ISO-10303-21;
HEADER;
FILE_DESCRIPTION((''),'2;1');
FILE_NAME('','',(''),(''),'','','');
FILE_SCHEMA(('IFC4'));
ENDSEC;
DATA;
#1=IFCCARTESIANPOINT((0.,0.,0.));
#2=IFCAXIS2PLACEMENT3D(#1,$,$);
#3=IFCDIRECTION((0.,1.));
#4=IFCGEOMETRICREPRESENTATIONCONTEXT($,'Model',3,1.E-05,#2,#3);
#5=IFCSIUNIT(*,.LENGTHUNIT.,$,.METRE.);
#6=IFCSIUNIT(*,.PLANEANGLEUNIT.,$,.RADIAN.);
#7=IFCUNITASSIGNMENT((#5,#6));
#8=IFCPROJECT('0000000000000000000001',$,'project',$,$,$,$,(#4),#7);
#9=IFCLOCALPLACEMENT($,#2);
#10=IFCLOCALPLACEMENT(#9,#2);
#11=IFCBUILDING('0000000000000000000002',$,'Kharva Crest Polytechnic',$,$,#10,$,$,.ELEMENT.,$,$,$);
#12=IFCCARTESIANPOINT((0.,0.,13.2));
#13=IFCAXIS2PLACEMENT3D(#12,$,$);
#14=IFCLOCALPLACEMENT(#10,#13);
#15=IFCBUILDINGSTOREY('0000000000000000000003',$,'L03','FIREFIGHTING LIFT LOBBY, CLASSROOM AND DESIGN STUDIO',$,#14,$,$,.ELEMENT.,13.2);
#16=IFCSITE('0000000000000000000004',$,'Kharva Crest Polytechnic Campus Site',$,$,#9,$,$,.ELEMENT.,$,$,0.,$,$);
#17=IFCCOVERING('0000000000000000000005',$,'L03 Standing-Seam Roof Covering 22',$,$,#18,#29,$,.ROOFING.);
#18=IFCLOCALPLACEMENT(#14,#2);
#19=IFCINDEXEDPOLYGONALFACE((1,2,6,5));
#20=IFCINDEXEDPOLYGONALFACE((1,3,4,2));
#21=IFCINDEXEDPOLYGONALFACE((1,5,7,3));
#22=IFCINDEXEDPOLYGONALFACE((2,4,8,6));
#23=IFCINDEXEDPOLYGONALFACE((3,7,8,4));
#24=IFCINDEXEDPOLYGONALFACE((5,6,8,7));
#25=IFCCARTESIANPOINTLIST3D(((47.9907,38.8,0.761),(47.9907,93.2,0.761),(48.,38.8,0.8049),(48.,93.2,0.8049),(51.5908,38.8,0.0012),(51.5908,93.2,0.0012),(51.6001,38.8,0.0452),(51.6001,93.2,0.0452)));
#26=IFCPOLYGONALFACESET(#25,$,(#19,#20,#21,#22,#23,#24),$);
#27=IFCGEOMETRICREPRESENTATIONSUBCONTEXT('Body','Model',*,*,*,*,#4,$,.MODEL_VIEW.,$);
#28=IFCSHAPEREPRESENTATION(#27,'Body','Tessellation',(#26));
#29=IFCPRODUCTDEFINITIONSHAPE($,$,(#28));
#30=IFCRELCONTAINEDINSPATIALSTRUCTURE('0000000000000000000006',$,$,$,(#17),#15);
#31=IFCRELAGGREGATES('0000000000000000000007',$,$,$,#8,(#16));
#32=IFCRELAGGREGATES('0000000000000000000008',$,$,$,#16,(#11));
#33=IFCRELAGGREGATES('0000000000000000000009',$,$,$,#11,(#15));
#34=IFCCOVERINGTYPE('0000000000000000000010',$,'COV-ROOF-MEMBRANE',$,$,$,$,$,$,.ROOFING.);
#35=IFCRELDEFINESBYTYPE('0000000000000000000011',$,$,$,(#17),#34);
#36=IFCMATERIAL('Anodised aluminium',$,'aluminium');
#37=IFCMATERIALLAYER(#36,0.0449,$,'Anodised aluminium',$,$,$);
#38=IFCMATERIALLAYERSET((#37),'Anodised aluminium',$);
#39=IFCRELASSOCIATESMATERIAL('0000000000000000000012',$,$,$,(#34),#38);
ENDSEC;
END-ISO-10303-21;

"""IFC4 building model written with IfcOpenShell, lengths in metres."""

from ifc_helpers import new_model, si_unit, direction, frame, origin, place, context, subcontext, project, spatial, polyline, outline, extrude, material, layer, layer_set, type_object, element, save


model = new_model("IFC4")

# Units and contexts
model_context = context("Model", 3, precision=1e-05, world=origin(), true_north=direction((0.0, 1.0)))
body_context = subcontext(model_context, "Body", "Model", "MODEL_VIEW")
ifc_project = project(units=[si_unit("LENGTHUNIT", "METRE"), si_unit("PLANEANGLEUNIT", "RADIAN")], contexts=[model_context])

# Site, building, storey
site_placement = place(None, origin())
site = spatial("IfcSite", under=ifc_project, at=site_placement, Name="Kharva Crest Polytechnic Campus Site", CompositionType="ELEMENT", RefElevation=0.0)
building_placement = place(site_placement, origin())
building = spatial("IfcBuilding", under=site, at=building_placement, Name="Kharva Crest Polytechnic", CompositionType="ELEMENT")
storey_placement = place(building_placement, frame((0.0, 0.0, 13.2)))
storey = spatial("IfcBuildingStorey", under=building, at=storey_placement, Name="L03", Description="FIREFIGHTING LIFT LOBBY, CLASSROOM AND DESIGN STUDIO", CompositionType="ELEMENT", Elevation=13.2)

# Shared definitions
ifc_material_1 = material(Name="Anodised aluminium", Category="aluminium")

# Covering
ifc_layer_1 = layer(ifc_material_1, 0.0449, Name="Anodised aluminium")
ifc_layer_set_1 = layer_set([ifc_layer_1], Name="Anodised aluminium")
covering_type = type_object("IfcCoveringType", Name="COV-ROOF-MEMBRANE", PredefinedType="ROOFING", material=ifc_layer_set_1)
covering_placement = place(storey_placement, frame((48.0, 38.8, 0.8049), z_axis=(0.206492, 0.0, 0.978448), x_axis=(0.978448, 0.0, -0.206492)))
element("IfcCovering", 1, at=covering_placement, inside=storey, type_object=covering_type, Name="L03 Standing-Seam Roof Covering 22", PredefinedType="ROOFING", context=body_context, shape_type="SweptSolid", body=[
    extrude(outline(polyline([(0.0, 0.0), (3.6794, 0.0), (3.6794, 54.3999), (0.0, 54.3999), (0.0, 0.0)])), origin(), (0.0, 0.0, -1.0), 0.0449),
])

save(model, "model.ifc")
